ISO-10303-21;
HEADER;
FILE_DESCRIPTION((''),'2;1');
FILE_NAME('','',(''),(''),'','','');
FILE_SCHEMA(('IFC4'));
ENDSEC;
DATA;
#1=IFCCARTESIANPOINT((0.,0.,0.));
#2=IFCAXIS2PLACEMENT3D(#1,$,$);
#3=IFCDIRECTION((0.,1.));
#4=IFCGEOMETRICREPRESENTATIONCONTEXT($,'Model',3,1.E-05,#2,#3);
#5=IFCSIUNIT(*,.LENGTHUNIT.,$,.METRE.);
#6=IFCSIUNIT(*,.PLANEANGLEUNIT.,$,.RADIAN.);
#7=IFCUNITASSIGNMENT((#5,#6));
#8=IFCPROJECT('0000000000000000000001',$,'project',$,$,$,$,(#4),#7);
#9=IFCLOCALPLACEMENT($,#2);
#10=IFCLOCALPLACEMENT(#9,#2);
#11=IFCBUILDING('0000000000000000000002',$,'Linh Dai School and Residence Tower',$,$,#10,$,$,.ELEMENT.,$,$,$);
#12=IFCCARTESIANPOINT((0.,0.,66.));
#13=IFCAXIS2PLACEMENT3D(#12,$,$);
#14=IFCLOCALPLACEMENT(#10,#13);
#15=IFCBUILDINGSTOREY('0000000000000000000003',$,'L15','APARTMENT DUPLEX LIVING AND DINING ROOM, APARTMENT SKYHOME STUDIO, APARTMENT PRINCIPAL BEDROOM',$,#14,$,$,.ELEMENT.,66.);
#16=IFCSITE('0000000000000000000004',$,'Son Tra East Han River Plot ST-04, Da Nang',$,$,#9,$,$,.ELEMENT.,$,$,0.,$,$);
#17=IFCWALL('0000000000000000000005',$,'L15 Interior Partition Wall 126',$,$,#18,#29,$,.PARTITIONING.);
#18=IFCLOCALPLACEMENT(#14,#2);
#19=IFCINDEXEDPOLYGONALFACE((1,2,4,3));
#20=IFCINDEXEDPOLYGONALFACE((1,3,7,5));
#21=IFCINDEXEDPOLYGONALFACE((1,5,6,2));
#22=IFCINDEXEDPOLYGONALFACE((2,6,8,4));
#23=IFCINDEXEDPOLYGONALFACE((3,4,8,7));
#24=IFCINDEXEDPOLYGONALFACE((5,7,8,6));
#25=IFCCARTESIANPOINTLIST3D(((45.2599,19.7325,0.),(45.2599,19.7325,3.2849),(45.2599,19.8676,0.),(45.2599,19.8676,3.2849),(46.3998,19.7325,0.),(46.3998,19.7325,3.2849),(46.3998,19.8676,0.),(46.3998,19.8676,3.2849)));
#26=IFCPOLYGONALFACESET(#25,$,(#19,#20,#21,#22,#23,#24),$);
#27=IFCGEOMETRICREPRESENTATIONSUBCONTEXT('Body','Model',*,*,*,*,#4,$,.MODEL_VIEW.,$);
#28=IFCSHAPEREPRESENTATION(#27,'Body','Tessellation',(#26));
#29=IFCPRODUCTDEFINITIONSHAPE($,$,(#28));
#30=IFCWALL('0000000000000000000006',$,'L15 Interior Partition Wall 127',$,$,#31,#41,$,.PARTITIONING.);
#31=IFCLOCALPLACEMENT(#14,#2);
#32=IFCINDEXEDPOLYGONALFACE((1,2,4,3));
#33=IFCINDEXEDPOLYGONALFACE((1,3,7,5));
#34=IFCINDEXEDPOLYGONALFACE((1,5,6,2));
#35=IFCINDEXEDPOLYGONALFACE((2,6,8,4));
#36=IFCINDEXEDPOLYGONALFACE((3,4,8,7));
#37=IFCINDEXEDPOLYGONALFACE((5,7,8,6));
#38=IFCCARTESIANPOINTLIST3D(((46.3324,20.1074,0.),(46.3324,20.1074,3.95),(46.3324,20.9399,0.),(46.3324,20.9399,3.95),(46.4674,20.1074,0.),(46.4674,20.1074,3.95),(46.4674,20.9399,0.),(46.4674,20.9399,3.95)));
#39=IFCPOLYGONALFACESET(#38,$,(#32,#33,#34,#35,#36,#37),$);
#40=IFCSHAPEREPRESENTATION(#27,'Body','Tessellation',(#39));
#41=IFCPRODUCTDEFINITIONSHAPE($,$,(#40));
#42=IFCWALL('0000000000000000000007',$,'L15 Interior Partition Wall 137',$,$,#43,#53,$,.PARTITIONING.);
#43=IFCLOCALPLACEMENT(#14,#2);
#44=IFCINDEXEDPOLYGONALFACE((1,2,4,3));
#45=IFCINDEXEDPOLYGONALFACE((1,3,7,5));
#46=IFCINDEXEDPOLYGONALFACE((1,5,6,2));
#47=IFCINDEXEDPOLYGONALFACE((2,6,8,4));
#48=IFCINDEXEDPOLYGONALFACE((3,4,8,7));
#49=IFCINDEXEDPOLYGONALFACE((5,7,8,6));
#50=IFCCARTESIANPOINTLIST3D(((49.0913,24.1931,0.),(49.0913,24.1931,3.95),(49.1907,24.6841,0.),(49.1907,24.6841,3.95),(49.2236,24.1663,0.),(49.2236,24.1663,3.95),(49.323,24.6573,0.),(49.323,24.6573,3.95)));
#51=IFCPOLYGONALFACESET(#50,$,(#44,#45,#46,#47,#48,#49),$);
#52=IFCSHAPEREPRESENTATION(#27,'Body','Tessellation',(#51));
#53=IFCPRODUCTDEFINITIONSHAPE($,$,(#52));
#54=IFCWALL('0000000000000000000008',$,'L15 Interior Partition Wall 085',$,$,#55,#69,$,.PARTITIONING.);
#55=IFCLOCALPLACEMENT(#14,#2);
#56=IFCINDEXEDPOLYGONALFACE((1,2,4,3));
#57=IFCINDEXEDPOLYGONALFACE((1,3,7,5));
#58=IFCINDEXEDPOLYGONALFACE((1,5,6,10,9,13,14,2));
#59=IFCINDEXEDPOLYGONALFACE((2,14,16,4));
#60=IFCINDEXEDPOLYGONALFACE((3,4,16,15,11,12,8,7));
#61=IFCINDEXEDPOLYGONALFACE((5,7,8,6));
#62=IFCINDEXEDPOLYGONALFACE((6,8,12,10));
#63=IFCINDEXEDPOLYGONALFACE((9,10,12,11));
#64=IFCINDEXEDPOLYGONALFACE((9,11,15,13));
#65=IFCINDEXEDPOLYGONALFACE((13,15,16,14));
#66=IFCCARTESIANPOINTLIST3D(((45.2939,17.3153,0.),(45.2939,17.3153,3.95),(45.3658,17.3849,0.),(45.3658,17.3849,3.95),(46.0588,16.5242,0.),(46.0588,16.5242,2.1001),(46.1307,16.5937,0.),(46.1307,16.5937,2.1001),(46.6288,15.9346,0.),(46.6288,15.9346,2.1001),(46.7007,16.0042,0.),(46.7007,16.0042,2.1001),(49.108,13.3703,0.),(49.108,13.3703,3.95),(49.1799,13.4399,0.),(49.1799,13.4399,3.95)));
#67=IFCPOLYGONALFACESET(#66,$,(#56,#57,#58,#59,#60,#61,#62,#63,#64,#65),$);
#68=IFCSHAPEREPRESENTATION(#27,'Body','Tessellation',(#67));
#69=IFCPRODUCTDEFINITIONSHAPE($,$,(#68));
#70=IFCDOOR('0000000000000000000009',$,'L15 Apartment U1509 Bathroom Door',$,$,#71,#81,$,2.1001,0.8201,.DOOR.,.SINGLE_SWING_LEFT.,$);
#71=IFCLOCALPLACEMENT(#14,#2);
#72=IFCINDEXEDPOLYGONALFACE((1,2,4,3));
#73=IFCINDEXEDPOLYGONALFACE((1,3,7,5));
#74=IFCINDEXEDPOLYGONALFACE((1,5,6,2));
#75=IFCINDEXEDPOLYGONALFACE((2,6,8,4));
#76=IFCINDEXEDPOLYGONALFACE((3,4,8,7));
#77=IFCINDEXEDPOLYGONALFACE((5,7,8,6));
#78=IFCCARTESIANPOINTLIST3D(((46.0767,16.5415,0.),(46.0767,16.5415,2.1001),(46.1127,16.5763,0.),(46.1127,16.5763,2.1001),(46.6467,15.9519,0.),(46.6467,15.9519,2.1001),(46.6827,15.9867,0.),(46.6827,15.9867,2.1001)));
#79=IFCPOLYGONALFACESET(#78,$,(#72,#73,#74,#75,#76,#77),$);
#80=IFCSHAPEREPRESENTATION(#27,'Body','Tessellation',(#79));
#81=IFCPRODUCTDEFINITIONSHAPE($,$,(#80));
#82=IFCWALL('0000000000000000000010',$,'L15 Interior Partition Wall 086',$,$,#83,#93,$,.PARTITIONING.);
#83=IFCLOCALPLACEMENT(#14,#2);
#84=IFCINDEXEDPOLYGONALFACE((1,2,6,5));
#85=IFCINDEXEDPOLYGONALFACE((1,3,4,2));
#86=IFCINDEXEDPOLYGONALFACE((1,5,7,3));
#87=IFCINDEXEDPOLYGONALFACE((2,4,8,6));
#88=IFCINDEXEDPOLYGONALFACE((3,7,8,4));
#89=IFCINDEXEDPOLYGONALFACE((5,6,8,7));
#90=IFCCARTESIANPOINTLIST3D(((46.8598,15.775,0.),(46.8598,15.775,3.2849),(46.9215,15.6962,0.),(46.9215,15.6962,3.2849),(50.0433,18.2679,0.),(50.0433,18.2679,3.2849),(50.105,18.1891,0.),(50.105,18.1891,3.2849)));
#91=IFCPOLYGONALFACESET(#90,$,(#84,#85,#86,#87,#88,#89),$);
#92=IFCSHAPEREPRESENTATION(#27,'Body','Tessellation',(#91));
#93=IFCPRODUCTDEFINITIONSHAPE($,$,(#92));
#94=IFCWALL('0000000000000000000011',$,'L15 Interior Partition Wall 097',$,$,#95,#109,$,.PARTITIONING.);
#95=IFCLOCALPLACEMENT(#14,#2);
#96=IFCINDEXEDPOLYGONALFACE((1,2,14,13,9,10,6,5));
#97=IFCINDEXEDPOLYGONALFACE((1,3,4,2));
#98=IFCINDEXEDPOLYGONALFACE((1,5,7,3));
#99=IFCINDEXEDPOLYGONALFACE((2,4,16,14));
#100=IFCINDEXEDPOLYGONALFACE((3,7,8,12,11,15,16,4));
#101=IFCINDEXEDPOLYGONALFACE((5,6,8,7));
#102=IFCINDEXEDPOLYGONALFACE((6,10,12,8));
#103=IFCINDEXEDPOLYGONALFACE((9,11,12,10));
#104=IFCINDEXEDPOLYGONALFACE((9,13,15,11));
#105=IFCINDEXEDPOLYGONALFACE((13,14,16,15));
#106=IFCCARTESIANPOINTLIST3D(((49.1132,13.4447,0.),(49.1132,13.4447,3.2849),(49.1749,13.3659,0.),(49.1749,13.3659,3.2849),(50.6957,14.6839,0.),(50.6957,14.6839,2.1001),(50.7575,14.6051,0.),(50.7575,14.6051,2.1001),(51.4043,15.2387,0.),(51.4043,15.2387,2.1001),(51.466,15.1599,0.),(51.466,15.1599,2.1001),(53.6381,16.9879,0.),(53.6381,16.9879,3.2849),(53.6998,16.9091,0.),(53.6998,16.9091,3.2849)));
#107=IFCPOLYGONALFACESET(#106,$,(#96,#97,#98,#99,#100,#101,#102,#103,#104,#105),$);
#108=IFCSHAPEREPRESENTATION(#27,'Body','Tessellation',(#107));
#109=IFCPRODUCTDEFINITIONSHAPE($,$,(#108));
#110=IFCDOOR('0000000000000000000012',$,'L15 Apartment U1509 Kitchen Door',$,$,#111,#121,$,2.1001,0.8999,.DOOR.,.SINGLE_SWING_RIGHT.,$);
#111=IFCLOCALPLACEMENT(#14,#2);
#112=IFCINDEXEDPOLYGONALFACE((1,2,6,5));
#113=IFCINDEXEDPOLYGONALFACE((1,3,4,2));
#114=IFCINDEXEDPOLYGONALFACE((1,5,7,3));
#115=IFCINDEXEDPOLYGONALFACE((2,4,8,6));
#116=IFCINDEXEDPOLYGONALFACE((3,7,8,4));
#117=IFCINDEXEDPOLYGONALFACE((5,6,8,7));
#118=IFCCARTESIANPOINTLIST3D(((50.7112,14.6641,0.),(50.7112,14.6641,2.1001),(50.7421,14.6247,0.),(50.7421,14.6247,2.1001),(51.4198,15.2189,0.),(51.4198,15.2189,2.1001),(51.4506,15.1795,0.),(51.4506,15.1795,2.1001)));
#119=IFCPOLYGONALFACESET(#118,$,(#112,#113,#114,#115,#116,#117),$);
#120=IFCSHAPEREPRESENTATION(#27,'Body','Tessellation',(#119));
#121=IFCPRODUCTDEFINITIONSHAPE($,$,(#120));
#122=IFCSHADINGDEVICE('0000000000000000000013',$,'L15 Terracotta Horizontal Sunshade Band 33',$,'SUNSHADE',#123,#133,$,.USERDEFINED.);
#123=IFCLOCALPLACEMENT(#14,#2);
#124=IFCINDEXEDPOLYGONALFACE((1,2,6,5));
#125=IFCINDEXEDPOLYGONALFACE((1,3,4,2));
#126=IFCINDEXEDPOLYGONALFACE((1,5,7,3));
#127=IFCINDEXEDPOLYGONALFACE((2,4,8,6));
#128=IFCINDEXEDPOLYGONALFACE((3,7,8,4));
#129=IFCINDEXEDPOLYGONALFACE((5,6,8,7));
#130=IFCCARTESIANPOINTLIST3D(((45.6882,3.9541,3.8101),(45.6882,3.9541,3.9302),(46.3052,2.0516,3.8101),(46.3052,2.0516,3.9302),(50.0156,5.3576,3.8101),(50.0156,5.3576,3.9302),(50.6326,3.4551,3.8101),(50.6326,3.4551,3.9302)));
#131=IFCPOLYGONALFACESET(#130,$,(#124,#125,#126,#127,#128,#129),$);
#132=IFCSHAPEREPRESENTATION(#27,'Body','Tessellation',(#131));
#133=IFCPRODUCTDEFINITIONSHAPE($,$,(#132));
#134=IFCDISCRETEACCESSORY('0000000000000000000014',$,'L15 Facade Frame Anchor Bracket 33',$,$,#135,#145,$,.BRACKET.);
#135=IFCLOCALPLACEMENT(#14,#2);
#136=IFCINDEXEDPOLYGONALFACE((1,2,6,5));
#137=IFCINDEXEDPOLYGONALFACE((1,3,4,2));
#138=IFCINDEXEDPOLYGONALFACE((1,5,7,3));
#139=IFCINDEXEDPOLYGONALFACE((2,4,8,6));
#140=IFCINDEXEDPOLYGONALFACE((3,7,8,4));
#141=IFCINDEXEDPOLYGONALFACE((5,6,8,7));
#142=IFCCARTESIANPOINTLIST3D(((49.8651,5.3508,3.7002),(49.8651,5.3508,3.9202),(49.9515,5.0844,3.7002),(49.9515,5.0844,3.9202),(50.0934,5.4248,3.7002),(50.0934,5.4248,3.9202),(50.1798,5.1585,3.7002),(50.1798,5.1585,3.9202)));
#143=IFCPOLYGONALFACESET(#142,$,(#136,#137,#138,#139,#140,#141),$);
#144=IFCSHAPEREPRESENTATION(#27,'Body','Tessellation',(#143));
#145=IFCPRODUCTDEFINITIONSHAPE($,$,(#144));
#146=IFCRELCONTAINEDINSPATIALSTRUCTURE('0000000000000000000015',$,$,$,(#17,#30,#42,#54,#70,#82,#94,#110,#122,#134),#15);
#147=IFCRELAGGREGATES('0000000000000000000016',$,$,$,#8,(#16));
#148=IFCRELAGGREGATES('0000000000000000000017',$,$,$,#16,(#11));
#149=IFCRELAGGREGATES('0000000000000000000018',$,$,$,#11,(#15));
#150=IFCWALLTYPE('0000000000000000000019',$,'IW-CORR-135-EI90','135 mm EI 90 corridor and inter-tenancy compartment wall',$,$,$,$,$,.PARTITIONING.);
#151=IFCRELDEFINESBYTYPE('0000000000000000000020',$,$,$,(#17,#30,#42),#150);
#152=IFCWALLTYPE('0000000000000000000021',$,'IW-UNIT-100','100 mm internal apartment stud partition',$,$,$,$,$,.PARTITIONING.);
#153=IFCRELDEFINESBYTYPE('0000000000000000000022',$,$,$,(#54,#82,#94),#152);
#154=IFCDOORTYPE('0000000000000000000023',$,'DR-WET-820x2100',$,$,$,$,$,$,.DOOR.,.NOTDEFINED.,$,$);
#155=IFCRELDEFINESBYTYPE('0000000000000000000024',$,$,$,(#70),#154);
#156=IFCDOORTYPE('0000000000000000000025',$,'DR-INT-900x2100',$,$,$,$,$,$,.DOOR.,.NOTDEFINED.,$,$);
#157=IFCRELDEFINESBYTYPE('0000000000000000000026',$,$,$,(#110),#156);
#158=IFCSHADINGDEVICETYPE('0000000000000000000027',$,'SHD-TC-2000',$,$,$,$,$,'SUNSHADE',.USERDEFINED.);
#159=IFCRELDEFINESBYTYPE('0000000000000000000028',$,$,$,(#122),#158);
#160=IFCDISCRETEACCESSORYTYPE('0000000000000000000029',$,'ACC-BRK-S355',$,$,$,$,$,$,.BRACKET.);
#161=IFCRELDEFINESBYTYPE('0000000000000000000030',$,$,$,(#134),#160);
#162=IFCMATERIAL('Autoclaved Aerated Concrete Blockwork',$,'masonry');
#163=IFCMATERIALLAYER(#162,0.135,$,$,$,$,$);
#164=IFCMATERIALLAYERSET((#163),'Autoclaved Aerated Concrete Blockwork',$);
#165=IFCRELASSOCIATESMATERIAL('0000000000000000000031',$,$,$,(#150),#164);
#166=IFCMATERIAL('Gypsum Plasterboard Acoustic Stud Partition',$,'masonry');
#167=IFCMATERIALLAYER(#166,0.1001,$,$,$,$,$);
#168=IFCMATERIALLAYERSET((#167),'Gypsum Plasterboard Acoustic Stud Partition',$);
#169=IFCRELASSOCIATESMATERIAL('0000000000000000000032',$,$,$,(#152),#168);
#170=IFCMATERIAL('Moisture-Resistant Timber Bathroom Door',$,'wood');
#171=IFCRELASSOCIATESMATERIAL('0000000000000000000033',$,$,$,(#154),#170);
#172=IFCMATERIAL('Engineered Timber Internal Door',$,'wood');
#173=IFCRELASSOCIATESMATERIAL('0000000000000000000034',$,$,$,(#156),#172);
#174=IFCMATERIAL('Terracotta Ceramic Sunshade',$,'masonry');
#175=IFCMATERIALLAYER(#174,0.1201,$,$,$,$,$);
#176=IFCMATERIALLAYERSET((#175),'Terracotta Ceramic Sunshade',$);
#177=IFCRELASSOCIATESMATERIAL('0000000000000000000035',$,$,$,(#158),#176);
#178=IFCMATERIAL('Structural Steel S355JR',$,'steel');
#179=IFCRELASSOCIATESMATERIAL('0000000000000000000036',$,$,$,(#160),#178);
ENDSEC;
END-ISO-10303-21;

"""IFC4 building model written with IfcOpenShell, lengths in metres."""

from ifc_helpers import new_model, si_unit, direction, frame, frame_2d, origin, origin_2d, place, context, subcontext, project, spatial, rectangle, extrude, source, transform, mapped, material, layer, layer_set, type_object, element, fill, save


model = new_model("IFC4")

# Units and contexts
model_context = context("Model", 3, precision=1e-05, world=origin(), true_north=direction((0.0, 1.0)))
body_context = subcontext(model_context, "Body", "Model", "MODEL_VIEW")
ifc_project = project(units=[si_unit("LENGTHUNIT", "METRE"), si_unit("PLANEANGLEUNIT", "RADIAN")], contexts=[model_context])

# Site, building, storey
site_placement = place(None, origin())
site = spatial("IfcSite", under=ifc_project, at=site_placement, Name="Son Tra East Han River Plot ST-04, Da Nang", CompositionType="ELEMENT", RefElevation=0.0)
building_placement = place(site_placement, origin())
building = spatial("IfcBuilding", under=site, at=building_placement, Name="Linh Dai School and Residence Tower", CompositionType="ELEMENT")
storey_placement = place(building_placement, frame((0.0, 0.0, 66.0)))
storey = spatial("IfcBuildingStorey", under=building, at=storey_placement, Name="L15", Description="APARTMENT DUPLEX LIVING AND DINING ROOM, APARTMENT SKYHOME STUDIO, APARTMENT PRINCIPAL BEDROOM", CompositionType="ELEMENT", Elevation=66.0)

# Shared definitions
ifc_material_1 = material(Name="Structural Steel S355JR", Category="steel")

# Shared definitions
ifc_material_2 = material(Name="Autoclaved Aerated Concrete Blockwork", Category="masonry")
ifc_layer_1 = layer(ifc_material_2, 0.135)
ifc_layer_set_1 = layer_set([ifc_layer_1], Name="Autoclaved Aerated Concrete Blockwork")
wall_type_1 = type_object("IfcWallType", Name="IW-CORR-135-EI90", Description="135 mm EI 90 corridor and inter-tenancy compartment wall", PredefinedType="PARTITIONING", material=ifc_layer_set_1)

# Walls
wall_1_placement = place(storey_placement, frame((45.26, 19.8, 0.0), z_axis=(0.0, 0.0, 1.0), x_axis=(1.0, 0.0, 0.0)))
element("IfcWall", 1, at=wall_1_placement, inside=storey, type_object=wall_type_1, Name="L15 Interior Partition Wall 126", PredefinedType="PARTITIONING", context=body_context, shape_type="SweptSolid", body=[
    extrude(rectangle(XDim=1.1399, YDim=0.135, at=frame_2d((0.5698, 0.0))), origin(), (0.0, 0.0, 1.0), 3.2849),
])
wall_2_placement = place(storey_placement, frame((46.3999, 20.1074, 0.0), z_axis=(0.0, 0.0, 1.0), x_axis=(0.0, 1.0, 0.0)))
element("IfcWall", 2, at=wall_2_placement, inside=storey, type_object=wall_type_1, Name="L15 Interior Partition Wall 127", PredefinedType="PARTITIONING", context=body_context, shape_type="SweptSolid", body=[
    extrude(rectangle(XDim=0.8325, YDim=0.135, at=frame_2d((0.4163, 0.0))), origin(), (0.0, 0.0, 1.0), 3.95),
])
wall_3_placement = place(storey_placement, frame((49.1575, 24.1797, 0.0), z_axis=(0.0, 0.0, 1.0), x_axis=(0.198365, 0.980128, 0.0)))
element("IfcWall", 3, at=wall_3_placement, inside=storey, type_object=wall_type_1, Name="L15 Interior Partition Wall 137", PredefinedType="PARTITIONING", context=body_context, shape_type="SweptSolid", body=[
    extrude(rectangle(XDim=0.501, YDim=0.135, at=frame_2d((0.2505, 0.0))), origin(), (0.0, 0.0, 1.0), 3.95),
])

# Wall, opening, door
ifc_material_3 = material(Name="Gypsum Plasterboard Acoustic Stud Partition", Category="masonry")
ifc_layer_2 = layer(ifc_material_3, 0.1001)
ifc_layer_set_2 = layer_set([ifc_layer_2], Name="Gypsum Plasterboard Acoustic Stud Partition")
wall_type_2 = type_object("IfcWallType", Name="IW-UNIT-100", Description="100 mm internal apartment stud partition", PredefinedType="PARTITIONING", material=ifc_layer_set_2)
wall_4_placement = place(storey_placement, frame((45.3298, 17.3501, 0.0), z_axis=(0.0, 0.0, 1.0), x_axis=(0.695083, -0.71893, 0.0)))
wall_4 = element("IfcWall", 4, at=wall_4_placement, inside=storey, type_object=wall_type_2, Name="L15 Interior Partition Wall 085", PredefinedType="PARTITIONING", context=body_context, shape_type="SweptSolid", body=[
    extrude(rectangle(XDim=5.4873, YDim=0.1001, at=frame_2d((2.7437, 0.0))), origin(), (0.0, 0.0, 1.0), 3.95),
])
opening_1_placement = place(wall_4_placement, frame((1.1003, 0.0, 0.0)))
opening_1 = element("IfcOpeningElement", 5, at=opening_1_placement, cuts=wall_4, PredefinedType="OPENING", context=body_context, shape_type="SweptSolid", body=[
    extrude(rectangle(XDim=0.8201, YDim=2.1001, at=origin_2d()), frame((0.4102, 0.0601, 1.05), z_axis=(0.0, -1.0, 0.0), x_axis=(1.0, 0.0, 0.0)), (0.0, 0.0, 1.0), 0.1201),
])
ifc_material_4 = material(Name="Moisture-Resistant Timber Bathroom Door", Category="wood")
door_type_1 = type_object("IfcDoorType", Name="DR-WET-820x2100", OperationType="NOTDEFINED", PredefinedType="DOOR", material=ifc_material_4)
shared_shape_1 = source(origin(), body_context, "Body", "SweptSolid", [
    extrude(rectangle(XDim=0.8201, YDim=2.1001, at=origin_2d()), frame((0.4102, 0.0249, 1.05), z_axis=(0.0, -1.0, 0.0), x_axis=(1.0, 0.0, 0.0)), (0.0, 0.0, 1.0), 0.05),
])
door_1_placement = place(opening_1_placement, origin())
door_1 = element("IfcDoor", 6, at=door_1_placement, inside=storey, type_object=door_type_1, Name="L15 Apartment U1509 Bathroom Door", OperationType="SINGLE_SWING_LEFT", OverallHeight=2.1001, OverallWidth=0.8201, PredefinedType="DOOR", context=body_context, shape_type="MappedRepresentation", body=[
    mapped(shared_shape_1, transform((0.0, 0.0, 0.0), x_axis=(1.0, 0.0, 0.0), y_axis=(0.0, 1.0, 0.0), z_axis=(0.0, 0.0, 1.0), scale=1.0)),
])
fill(opening_1, door_1)

# Wall
wall_5_placement = place(storey_placement, frame((46.8906, 15.7356, 0.0), z_axis=(0.0, 0.0, 1.0), x_axis=(0.787336, 0.616525, 0.0)))
element("IfcWall", 7, at=wall_5_placement, inside=storey, type_object=wall_type_2, Name="L15 Interior Partition Wall 086", PredefinedType="PARTITIONING", context=body_context, shape_type="SweptSolid", body=[
    extrude(rectangle(XDim=4.0435, YDim=0.1001, at=frame_2d((2.0217, 0.0))), origin(), (0.0, 0.0, 1.0), 3.2849),
])

# Wall, opening, door
wall_6_placement = place(storey_placement, frame((49.144, 13.4053, 0.0), z_axis=(0.0, 0.0, 1.0), x_axis=(0.787337, 0.616522, 0.0)))
wall_6 = element("IfcWall", 8, at=wall_6_placement, inside=storey, type_object=wall_type_2, Name="L15 Interior Partition Wall 097", PredefinedType="PARTITIONING", context=body_context, shape_type="SweptSolid", body=[
    extrude(rectangle(XDim=5.7471, YDim=0.1001, at=frame_2d((2.8735, 0.0))), origin(), (0.0, 0.0, 1.0), 3.2849),
])
opening_2_placement = place(wall_6_placement, frame((2.01, 0.0, 0.0)))
opening_2 = element("IfcOpeningElement", 9, at=opening_2_placement, cuts=wall_6, PredefinedType="OPENING", context=body_context, shape_type="SweptSolid", body=[
    extrude(rectangle(XDim=0.8999, YDim=2.1001, at=origin_2d()), frame((0.45, 0.0601, 1.05), z_axis=(0.0, -1.0, 0.0), x_axis=(1.0, 0.0, 0.0)), (0.0, 0.0, 1.0), 0.1201),
])
ifc_material_5 = material(Name="Engineered Timber Internal Door", Category="wood")
door_type_2 = type_object("IfcDoorType", Name="DR-INT-900x2100", OperationType="NOTDEFINED", PredefinedType="DOOR", material=ifc_material_5)
shared_shape_2 = source(origin(), body_context, "Body", "SweptSolid", [
    extrude(rectangle(XDim=0.8999, YDim=2.1001, at=origin_2d()), frame((0.45, 0.0249, 1.05), z_axis=(0.0, -1.0, 0.0), x_axis=(1.0, 0.0, 0.0)), (0.0, 0.0, 1.0), 0.05),
])
door_2_placement = place(opening_2_placement, origin())
door_2 = element("IfcDoor", 10, at=door_2_placement, inside=storey, type_object=door_type_2, Name="L15 Apartment U1509 Kitchen Door", OperationType="SINGLE_SWING_RIGHT", OverallHeight=2.1001, OverallWidth=0.8999, PredefinedType="DOOR", context=body_context, shape_type="MappedRepresentation", body=[
    mapped(shared_shape_2, transform((0.0, 0.0, 0.0), x_axis=(1.0, 0.0, 0.0), y_axis=(0.0, 1.0, 0.0), z_axis=(0.0, 0.0, 1.0), scale=1.0)),
])
fill(opening_2, door_2)

# Shading device
ifc_material_6 = material(Name="Terracotta Ceramic Sunshade", Category="masonry")
ifc_layer_3 = layer(ifc_material_6, 0.1201)
ifc_layer_set_3 = layer_set([ifc_layer_3], Name="Terracotta Ceramic Sunshade")
shading_device_type = type_object("IfcShadingDeviceType", Name="SHD-TC-2000", ElementType="SUNSHADE", PredefinedType="USERDEFINED", material=ifc_layer_set_3)
shared_shape_3 = source(origin(), body_context, "Body", "SweptSolid", [
    extrude(rectangle(XDim=4.5493, YDim=2.0, at=origin_2d()), origin(), (0.0, 0.0, 1.0), 0.1201),
])
shading_device_placement = place(storey_placement, frame((48.1604, 3.7046, 3.8101), z_axis=(0.0, 0.0, 1.0), x_axis=(-0.951221, -0.308511, 0.0)))
element("IfcShadingDevice", 11, at=shading_device_placement, inside=storey, type_object=shading_device_type, Name="L15 Terracotta Horizontal Sunshade Band 33", ObjectType="SUNSHADE", PredefinedType="USERDEFINED", context=body_context, shape_type="MappedRepresentation", body=[
    mapped(shared_shape_3, transform((0.0, 0.0, 0.0), x_axis=(1.0, 0.0, 0.0), y_axis=(0.0, 1.0, 0.0), z_axis=(0.0, 0.0, 1.0), scale=1.0)),
])

# Discrete accessory
discrete_accessory_type = type_object("IfcDiscreteAccessoryType", Name="ACC-BRK-S355", PredefinedType="BRACKET", material=ifc_material_1)
shared_shape_4 = source(origin(), body_context, "Body", "SweptSolid", [
    extrude(rectangle(XDim=0.28, YDim=0.24, at=origin_2d()), origin(), (0.0, 0.0, 1.0), 0.22),
])
discrete_accessory_placement = place(storey_placement, frame((50.0225, 5.2546, 3.7002), z_axis=(0.0, 0.0, 1.0), x_axis=(0.308511, -0.951221, 0.0)))
element("IfcDiscreteAccessory", 12, at=discrete_accessory_placement, inside=storey, type_object=discrete_accessory_type, Name="L15 Facade Frame Anchor Bracket 33", PredefinedType="BRACKET", context=body_context, shape_type="MappedRepresentation", body=[
    mapped(shared_shape_4, transform((0.0, 0.0, 0.0), x_axis=(1.0, 0.0, 0.0), y_axis=(0.0, 1.0, 0.0), z_axis=(0.0, 0.0, 1.0), scale=1.0)),
])

save(model, "model.ifc")
